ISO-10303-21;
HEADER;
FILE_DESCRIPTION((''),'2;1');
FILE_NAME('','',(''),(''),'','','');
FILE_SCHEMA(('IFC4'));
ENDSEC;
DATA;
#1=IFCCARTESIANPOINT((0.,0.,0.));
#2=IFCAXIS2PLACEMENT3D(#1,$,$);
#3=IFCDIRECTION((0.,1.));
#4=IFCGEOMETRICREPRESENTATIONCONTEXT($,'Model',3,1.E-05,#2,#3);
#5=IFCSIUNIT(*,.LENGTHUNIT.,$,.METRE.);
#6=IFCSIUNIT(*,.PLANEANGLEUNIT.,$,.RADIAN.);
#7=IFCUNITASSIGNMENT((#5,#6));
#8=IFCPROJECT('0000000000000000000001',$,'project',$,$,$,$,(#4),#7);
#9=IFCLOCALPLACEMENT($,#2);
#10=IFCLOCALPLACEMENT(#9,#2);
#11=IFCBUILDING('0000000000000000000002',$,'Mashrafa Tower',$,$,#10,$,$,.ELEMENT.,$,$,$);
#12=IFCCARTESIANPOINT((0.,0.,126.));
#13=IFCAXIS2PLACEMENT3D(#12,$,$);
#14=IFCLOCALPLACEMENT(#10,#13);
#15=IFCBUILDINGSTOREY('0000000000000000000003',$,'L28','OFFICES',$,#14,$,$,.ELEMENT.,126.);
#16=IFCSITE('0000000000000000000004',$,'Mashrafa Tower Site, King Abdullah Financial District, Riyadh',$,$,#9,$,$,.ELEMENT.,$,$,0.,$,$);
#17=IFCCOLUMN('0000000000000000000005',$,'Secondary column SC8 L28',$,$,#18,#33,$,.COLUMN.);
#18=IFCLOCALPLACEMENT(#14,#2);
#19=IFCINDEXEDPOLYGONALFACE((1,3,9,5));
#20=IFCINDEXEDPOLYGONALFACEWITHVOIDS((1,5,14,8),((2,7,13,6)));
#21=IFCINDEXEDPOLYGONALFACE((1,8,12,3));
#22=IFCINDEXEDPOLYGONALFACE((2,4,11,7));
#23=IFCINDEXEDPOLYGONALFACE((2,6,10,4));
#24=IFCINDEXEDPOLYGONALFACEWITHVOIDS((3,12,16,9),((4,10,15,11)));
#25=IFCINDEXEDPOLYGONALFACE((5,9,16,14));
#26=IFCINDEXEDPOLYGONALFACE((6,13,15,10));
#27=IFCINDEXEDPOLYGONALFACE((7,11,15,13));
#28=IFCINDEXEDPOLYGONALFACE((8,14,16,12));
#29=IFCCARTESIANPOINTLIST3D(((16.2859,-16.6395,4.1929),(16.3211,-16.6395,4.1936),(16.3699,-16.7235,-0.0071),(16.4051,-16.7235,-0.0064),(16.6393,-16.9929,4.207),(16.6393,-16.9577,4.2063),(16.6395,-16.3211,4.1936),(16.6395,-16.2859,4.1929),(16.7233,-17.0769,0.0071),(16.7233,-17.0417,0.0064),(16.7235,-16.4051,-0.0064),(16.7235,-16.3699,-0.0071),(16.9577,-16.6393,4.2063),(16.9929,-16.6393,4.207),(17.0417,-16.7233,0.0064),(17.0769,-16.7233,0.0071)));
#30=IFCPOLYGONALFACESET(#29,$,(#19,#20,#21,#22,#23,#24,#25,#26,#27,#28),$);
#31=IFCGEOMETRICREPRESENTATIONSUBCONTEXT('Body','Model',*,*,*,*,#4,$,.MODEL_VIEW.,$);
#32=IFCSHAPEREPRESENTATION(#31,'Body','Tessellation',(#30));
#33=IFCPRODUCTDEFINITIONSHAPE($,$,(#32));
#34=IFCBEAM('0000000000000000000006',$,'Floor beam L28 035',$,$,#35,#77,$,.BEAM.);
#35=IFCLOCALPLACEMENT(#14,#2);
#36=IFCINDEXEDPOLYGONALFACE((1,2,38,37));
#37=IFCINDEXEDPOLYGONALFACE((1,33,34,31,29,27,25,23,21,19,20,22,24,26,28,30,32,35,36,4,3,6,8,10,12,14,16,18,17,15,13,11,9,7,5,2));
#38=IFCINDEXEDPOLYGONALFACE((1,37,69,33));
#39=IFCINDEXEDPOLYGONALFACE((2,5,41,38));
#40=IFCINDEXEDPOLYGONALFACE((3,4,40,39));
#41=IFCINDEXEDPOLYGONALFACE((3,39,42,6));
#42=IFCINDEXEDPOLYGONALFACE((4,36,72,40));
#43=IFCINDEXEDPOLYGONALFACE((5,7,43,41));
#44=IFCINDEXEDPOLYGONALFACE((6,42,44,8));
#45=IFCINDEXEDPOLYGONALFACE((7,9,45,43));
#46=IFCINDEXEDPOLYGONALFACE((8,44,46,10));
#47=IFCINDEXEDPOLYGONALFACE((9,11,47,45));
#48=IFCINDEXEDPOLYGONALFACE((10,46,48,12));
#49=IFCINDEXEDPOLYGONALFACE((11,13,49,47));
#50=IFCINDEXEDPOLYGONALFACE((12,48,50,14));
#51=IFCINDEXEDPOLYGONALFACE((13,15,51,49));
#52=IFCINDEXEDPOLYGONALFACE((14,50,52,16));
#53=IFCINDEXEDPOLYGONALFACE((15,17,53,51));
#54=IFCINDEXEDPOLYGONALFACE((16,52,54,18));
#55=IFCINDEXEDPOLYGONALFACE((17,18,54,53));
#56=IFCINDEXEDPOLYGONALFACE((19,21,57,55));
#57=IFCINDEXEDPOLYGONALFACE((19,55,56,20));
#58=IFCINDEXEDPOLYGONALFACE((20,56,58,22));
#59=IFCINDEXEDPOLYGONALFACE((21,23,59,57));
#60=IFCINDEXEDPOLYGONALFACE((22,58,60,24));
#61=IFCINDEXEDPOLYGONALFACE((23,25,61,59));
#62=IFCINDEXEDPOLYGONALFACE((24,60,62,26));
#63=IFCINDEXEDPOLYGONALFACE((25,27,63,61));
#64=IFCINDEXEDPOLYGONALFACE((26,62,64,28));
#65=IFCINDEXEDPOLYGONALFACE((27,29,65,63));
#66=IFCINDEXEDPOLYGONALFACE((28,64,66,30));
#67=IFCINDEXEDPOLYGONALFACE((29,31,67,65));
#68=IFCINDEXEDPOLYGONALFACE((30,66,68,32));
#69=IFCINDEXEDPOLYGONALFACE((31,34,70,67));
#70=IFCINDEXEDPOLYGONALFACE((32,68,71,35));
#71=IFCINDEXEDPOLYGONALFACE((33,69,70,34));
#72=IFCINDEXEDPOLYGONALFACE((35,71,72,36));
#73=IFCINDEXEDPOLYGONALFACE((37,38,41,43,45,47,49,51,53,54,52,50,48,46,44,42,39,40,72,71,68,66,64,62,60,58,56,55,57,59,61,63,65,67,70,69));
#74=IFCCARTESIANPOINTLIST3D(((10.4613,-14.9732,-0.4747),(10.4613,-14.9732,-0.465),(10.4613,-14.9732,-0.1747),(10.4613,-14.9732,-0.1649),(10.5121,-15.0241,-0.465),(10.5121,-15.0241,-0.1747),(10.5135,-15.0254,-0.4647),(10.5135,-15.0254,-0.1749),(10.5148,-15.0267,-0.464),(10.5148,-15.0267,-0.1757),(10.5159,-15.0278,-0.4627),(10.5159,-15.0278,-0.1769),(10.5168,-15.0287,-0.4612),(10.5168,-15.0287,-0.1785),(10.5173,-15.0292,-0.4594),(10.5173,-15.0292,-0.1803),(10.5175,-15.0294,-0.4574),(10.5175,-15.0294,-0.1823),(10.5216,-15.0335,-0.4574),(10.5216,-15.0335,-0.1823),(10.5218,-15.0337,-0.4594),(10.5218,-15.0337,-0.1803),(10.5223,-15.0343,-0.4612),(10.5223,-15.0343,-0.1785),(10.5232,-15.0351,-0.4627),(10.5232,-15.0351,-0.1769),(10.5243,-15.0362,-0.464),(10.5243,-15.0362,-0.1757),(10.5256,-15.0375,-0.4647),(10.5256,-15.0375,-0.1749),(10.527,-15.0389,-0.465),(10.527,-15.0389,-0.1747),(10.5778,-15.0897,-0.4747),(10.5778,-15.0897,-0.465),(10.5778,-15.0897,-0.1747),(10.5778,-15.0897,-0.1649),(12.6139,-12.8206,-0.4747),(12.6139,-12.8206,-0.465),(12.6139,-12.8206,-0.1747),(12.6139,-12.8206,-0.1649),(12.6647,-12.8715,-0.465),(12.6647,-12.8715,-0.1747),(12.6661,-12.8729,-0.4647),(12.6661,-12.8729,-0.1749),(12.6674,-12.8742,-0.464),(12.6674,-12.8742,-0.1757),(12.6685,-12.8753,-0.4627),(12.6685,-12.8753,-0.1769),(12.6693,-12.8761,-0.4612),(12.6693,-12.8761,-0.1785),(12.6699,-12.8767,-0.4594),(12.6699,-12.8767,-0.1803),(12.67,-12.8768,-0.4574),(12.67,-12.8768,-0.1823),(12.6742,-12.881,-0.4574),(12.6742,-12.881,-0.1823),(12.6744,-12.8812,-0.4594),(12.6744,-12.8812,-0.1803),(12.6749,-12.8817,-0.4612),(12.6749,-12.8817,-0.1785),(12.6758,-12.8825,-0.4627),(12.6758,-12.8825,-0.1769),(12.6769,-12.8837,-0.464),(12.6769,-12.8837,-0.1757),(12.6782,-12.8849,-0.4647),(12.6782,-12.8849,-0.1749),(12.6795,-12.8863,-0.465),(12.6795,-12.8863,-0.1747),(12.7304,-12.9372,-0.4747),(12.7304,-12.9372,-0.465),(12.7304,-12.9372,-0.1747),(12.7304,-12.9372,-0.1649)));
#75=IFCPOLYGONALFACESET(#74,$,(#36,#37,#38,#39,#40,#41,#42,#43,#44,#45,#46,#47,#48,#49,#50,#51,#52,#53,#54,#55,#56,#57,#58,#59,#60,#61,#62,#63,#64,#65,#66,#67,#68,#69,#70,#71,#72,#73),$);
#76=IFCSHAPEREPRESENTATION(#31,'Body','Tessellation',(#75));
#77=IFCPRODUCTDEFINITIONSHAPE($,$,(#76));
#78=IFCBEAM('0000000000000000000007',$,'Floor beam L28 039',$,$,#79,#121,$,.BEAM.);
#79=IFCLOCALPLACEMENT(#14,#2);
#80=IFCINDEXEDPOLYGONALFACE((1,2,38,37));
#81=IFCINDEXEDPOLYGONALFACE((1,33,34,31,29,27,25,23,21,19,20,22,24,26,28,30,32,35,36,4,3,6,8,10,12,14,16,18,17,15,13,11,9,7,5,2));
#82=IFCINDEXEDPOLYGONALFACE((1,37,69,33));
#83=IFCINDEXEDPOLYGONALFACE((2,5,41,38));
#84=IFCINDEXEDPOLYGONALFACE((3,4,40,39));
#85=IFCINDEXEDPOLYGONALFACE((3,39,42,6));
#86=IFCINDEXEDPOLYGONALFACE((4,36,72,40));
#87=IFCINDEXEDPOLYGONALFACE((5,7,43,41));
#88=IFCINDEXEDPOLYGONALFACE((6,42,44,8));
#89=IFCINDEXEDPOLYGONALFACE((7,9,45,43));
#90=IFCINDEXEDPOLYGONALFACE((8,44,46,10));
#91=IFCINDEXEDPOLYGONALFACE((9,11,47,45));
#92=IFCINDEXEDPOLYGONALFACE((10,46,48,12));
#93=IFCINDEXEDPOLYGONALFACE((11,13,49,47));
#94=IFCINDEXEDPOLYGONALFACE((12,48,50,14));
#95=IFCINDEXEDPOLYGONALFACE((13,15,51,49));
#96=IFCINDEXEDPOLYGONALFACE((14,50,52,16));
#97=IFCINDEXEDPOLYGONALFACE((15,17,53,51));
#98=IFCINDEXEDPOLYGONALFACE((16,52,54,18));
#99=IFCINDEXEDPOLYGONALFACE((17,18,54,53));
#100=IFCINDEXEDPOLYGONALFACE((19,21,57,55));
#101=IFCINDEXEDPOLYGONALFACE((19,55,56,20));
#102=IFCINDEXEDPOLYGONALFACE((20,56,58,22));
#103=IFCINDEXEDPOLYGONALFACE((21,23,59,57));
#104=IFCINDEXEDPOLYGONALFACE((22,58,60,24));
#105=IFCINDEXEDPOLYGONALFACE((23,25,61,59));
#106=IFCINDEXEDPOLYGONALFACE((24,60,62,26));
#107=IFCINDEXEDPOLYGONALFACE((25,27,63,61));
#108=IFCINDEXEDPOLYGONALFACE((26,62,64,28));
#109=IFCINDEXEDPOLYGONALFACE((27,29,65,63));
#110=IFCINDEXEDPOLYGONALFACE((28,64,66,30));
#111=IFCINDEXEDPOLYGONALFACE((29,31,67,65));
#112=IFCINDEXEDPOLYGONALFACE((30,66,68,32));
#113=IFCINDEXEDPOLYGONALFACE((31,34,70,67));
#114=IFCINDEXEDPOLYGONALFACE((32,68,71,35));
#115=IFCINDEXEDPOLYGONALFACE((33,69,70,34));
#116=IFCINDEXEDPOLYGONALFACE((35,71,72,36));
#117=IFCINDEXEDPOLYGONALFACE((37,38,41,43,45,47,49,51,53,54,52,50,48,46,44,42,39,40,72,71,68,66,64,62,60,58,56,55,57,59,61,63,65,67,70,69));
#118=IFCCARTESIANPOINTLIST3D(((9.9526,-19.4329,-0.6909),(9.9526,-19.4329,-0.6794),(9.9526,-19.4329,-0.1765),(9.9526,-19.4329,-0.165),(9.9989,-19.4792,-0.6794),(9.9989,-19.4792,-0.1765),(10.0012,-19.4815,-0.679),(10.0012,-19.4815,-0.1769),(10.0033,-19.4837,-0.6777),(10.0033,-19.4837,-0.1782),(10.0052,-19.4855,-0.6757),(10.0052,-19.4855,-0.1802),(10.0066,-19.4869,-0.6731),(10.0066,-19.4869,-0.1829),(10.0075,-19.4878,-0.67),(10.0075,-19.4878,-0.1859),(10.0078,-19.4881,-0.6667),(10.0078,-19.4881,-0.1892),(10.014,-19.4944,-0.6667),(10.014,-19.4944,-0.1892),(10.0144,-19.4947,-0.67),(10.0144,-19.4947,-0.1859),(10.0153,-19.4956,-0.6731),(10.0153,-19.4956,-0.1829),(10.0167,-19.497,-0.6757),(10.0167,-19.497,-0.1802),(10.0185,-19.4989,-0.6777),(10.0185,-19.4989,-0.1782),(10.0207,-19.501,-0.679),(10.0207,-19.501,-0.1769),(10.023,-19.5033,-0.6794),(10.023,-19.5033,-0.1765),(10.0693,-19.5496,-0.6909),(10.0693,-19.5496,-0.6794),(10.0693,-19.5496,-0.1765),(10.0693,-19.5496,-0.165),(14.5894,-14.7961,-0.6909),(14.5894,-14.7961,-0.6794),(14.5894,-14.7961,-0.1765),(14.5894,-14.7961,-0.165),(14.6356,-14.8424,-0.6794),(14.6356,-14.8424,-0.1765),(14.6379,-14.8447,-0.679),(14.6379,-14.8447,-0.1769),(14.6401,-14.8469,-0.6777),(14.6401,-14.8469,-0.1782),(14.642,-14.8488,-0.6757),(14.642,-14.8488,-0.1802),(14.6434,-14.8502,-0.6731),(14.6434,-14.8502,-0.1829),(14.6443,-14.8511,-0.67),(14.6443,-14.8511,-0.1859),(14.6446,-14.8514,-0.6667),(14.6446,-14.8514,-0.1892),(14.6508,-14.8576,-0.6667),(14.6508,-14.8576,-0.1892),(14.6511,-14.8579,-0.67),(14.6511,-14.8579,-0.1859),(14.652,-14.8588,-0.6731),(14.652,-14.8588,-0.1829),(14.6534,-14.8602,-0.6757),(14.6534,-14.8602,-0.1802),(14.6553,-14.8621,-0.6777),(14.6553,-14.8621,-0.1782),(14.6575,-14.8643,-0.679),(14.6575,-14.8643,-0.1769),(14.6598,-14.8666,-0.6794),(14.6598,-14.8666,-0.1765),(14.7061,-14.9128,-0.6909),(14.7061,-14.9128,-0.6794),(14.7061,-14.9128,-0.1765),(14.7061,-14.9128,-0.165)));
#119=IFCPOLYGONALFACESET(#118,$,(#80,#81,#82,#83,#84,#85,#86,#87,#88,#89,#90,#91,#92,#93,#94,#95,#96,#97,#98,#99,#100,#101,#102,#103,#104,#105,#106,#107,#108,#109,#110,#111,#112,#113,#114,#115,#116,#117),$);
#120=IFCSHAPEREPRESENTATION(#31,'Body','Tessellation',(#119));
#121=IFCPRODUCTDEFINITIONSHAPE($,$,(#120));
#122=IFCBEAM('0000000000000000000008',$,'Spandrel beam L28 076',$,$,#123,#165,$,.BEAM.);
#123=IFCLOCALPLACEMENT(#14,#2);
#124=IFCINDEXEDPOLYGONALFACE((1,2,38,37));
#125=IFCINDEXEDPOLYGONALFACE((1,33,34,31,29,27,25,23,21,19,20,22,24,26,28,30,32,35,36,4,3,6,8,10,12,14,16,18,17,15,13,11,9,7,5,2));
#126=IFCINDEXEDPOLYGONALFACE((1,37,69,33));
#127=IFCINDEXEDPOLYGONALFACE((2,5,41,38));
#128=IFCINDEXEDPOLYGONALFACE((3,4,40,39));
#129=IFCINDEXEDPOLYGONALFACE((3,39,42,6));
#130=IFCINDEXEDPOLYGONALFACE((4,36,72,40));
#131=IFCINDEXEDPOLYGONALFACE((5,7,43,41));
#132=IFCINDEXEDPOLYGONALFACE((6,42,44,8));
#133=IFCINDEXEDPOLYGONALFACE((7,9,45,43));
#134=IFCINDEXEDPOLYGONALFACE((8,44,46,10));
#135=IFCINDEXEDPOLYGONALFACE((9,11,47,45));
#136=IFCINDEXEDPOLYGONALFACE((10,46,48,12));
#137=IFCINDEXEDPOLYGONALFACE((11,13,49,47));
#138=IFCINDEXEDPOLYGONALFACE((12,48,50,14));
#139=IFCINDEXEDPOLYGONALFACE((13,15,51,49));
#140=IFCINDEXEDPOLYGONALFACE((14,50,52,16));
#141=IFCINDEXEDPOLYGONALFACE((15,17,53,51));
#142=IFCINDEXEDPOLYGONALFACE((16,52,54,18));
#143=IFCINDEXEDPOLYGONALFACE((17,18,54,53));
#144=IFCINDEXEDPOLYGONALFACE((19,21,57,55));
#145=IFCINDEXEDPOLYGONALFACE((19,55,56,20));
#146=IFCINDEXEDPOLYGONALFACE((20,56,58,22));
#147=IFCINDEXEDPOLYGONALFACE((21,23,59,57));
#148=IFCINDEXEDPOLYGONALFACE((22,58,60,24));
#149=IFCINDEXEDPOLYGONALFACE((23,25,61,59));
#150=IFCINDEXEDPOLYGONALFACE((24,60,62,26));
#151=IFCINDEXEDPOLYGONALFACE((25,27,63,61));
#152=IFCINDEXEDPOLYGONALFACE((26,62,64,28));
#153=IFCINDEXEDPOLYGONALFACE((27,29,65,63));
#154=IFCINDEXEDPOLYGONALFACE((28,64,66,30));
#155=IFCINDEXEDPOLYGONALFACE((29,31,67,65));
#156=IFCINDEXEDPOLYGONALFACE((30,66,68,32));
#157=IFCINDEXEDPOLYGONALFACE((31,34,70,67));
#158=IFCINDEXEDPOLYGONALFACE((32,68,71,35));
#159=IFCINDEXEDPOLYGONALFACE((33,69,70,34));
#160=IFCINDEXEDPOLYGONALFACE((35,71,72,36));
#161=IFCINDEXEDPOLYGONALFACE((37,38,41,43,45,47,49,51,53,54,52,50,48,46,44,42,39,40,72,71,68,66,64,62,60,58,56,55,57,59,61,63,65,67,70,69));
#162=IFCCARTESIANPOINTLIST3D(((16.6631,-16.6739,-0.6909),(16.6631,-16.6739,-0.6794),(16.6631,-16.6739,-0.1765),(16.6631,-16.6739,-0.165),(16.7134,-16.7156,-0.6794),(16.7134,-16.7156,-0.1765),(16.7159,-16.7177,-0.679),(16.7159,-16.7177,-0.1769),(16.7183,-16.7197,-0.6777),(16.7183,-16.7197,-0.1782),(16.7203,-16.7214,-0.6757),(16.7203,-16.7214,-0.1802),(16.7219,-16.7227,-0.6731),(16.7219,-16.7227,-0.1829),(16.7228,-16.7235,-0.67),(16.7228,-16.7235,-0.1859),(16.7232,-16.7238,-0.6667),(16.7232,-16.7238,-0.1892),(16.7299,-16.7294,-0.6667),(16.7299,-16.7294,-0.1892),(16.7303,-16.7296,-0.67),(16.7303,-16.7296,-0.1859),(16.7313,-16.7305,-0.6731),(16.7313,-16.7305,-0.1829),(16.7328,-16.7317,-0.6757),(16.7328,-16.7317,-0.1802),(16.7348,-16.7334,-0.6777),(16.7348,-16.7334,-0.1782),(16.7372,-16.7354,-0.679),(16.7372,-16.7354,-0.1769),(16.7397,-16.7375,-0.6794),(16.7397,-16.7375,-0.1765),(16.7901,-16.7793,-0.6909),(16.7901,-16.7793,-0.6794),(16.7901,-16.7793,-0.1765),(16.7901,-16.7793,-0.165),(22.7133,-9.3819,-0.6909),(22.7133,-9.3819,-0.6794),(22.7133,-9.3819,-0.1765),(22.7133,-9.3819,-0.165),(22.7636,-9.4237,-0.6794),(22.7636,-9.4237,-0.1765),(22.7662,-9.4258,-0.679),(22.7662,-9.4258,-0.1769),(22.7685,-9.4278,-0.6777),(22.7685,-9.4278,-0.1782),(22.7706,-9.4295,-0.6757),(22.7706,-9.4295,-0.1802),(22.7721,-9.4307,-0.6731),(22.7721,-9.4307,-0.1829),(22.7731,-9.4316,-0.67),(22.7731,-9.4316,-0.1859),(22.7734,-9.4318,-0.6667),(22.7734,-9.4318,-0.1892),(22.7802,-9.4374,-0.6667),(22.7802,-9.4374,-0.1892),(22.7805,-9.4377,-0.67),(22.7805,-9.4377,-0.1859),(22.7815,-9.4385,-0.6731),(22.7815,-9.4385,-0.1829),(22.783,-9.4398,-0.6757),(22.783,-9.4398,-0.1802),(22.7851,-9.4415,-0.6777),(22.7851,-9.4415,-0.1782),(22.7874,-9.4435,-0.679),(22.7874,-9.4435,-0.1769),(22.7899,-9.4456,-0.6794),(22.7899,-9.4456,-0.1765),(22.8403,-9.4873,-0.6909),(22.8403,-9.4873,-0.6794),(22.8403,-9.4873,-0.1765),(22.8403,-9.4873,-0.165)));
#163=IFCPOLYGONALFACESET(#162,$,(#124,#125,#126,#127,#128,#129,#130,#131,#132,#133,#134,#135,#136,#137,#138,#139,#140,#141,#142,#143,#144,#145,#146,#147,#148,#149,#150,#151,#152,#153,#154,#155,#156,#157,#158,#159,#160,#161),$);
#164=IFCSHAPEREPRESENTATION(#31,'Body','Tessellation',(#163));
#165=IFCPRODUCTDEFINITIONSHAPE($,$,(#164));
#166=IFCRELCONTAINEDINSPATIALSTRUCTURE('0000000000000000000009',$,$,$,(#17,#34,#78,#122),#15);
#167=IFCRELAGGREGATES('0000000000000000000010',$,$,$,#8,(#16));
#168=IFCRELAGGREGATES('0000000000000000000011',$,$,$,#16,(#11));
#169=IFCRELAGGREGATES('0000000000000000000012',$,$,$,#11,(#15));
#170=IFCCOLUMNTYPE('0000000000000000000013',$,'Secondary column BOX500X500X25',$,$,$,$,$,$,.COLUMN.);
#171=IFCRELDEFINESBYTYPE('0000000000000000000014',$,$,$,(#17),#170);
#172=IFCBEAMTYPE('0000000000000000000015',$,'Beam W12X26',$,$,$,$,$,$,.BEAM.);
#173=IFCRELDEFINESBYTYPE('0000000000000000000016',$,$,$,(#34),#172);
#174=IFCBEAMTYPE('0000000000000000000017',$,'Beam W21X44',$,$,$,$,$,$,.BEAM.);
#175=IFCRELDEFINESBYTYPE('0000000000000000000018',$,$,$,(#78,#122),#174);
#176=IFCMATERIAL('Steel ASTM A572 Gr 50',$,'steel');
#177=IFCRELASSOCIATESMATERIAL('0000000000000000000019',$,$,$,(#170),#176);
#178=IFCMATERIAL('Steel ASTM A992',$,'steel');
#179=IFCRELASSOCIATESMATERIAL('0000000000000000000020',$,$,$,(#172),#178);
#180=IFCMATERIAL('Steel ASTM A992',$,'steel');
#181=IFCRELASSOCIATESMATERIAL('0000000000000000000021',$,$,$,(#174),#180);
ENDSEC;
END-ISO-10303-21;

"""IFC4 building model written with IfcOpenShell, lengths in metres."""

from ifc_helpers import new_model, si_unit, direction, frame, origin, origin_2d, place, context, subcontext, project, spatial, hollow_rectangle, i_section, extrude, material, material_profile, profile_set, type_object, element, save


model = new_model("IFC4")

# Units and contexts
model_context = context("Model", 3, precision=1e-05, world=origin(), true_north=direction((0.0, 1.0)))
body_context = subcontext(model_context, "Body", "Model", "MODEL_VIEW")
ifc_project = project(units=[si_unit("LENGTHUNIT", "METRE"), si_unit("PLANEANGLEUNIT", "RADIAN")], contexts=[model_context])

# Site, building, storey
site_placement = place(None, origin())
site = spatial("IfcSite", under=ifc_project, at=site_placement, Name="Mashrafa Tower Site, King Abdullah Financial District, Riyadh", CompositionType="ELEMENT", RefElevation=0.0)
building_placement = place(site_placement, origin())
building = spatial("IfcBuilding", under=site, at=building_placement, Name="Mashrafa Tower", CompositionType="ELEMENT")
storey_placement = place(building_placement, frame((0.0, 0.0, 126.0)))
storey = spatial("IfcBuildingStorey", under=building, at=storey_placement, Name="L28", Description="OFFICES", CompositionType="ELEMENT", Elevation=126.0)

# Column
ifc_material_1 = material(Name="Steel ASTM A572 Gr 50", Category="steel")
ifc_material_profile_1 = material_profile(ifc_material_1, hollow_rectangle(XDim=0.5, YDim=0.5, WallThickness=0.0249, at=origin_2d()), Name="BOX500X500X25")
ifc_profile_set_1 = profile_set([ifc_material_profile_1], Name="Steel ASTM A572 Gr 50")
column_type = type_object("IfcColumnType", Name="Secondary column BOX500X500X25", PredefinedType="COLUMN", material=ifc_profile_set_1)
column_placement = place(storey_placement, frame((16.7234, -16.7234, 0.0), z_axis=(-0.019989, 0.019989, 0.9996), x_axis=(-0.707107, -0.707107, 0.0)))
element("IfcColumn", 1, at=column_placement, inside=storey, type_object=column_type, Name="Secondary column SC8 L28", PredefinedType="COLUMN", context=body_context, shape_type="SweptSolid", body=[
    extrude(hollow_rectangle(XDim=0.5, YDim=0.5, WallThickness=0.0249, at=origin_2d()), origin(), (0.0, 0.0, 1.0), 4.2017),
])

# Beams
ifc_material_2 = material(Name="Steel ASTM A992", Category="steel")
ifc_material_profile_2 = material_profile(ifc_material_2, i_section(OverallWidth=0.1648, OverallDepth=0.3098, WebThickness=0.0059, FlangeThickness=0.0098, FilletRadius=0.0076, at=origin_2d()), Name="W12X26")
ifc_profile_set_2 = profile_set([ifc_material_profile_2], Name="Steel ASTM A992")
beam_type_1 = type_object("IfcBeamType", Name="Beam W12X26", PredefinedType="BEAM", material=ifc_profile_set_2)
beam_1_placement = place(storey_placement, frame((12.6721, -12.8789, -0.3198), z_axis=(-0.707107, -0.707107, 0.0), x_axis=(0.707107, -0.707107, 0.0)))
element("IfcBeam", 2, at=beam_1_placement, inside=storey, type_object=beam_type_1, Name="Floor beam L28 035", PredefinedType="BEAM", context=body_context, shape_type="SweptSolid", body=[
    extrude(i_section(OverallWidth=0.1648, OverallDepth=0.3098, WebThickness=0.0059, FlangeThickness=0.0098, FilletRadius=0.0076, at=origin_2d()), origin(), (0.0, 0.0, 1.0), 3.0442),
])
ifc_material_3 = material(Name="Steel ASTM A992", Category="steel")
ifc_material_profile_3 = material_profile(ifc_material_3, i_section(OverallWidth=0.165, OverallDepth=0.5259, WebThickness=0.0088, FlangeThickness=0.0115, FilletRadius=0.0127, at=origin_2d()), Name="W21X44")
ifc_profile_set_3 = profile_set([ifc_material_profile_3], Name="Steel ASTM A992")
beam_type_2 = type_object("IfcBeamType", Name="Beam W21X44", PredefinedType="BEAM", material=ifc_profile_set_3)
beam_2_placement = place(storey_placement, frame((14.6477, -14.8545, -0.428), z_axis=(-0.707107, -0.707107, 0.0), x_axis=(0.707107, -0.707107, 0.0)))
element("IfcBeam", 3, at=beam_2_placement, inside=storey, type_object=beam_type_2, Name="Floor beam L28 039", PredefinedType="BEAM", context=body_context, shape_type="SweptSolid", body=[
    extrude(i_section(OverallWidth=0.165, OverallDepth=0.5259, WebThickness=0.0088, FlangeThickness=0.0115, FilletRadius=0.0127, at=origin_2d()), origin(), (0.0, 0.0, 1.0), 6.5574),
])
beam_3_placement = place(storey_placement, frame((16.7266, -16.7266, -0.428), z_axis=(0.638541, 0.769588, 0.0), x_axis=(-0.769588, 0.638541, 0.0)))
element("IfcBeam", 4, at=beam_3_placement, inside=storey, type_object=beam_type_2, Name="Spandrel beam L28 076", PredefinedType="BEAM", context=body_context, shape_type="SweptSolid", body=[
    extrude(i_section(OverallWidth=0.165, OverallDepth=0.5259, WebThickness=0.0088, FlangeThickness=0.0115, FilletRadius=0.0127, at=origin_2d()), origin(), (0.0, 0.0, 1.0), 9.4751),
])

save(model, "model.ifc")
